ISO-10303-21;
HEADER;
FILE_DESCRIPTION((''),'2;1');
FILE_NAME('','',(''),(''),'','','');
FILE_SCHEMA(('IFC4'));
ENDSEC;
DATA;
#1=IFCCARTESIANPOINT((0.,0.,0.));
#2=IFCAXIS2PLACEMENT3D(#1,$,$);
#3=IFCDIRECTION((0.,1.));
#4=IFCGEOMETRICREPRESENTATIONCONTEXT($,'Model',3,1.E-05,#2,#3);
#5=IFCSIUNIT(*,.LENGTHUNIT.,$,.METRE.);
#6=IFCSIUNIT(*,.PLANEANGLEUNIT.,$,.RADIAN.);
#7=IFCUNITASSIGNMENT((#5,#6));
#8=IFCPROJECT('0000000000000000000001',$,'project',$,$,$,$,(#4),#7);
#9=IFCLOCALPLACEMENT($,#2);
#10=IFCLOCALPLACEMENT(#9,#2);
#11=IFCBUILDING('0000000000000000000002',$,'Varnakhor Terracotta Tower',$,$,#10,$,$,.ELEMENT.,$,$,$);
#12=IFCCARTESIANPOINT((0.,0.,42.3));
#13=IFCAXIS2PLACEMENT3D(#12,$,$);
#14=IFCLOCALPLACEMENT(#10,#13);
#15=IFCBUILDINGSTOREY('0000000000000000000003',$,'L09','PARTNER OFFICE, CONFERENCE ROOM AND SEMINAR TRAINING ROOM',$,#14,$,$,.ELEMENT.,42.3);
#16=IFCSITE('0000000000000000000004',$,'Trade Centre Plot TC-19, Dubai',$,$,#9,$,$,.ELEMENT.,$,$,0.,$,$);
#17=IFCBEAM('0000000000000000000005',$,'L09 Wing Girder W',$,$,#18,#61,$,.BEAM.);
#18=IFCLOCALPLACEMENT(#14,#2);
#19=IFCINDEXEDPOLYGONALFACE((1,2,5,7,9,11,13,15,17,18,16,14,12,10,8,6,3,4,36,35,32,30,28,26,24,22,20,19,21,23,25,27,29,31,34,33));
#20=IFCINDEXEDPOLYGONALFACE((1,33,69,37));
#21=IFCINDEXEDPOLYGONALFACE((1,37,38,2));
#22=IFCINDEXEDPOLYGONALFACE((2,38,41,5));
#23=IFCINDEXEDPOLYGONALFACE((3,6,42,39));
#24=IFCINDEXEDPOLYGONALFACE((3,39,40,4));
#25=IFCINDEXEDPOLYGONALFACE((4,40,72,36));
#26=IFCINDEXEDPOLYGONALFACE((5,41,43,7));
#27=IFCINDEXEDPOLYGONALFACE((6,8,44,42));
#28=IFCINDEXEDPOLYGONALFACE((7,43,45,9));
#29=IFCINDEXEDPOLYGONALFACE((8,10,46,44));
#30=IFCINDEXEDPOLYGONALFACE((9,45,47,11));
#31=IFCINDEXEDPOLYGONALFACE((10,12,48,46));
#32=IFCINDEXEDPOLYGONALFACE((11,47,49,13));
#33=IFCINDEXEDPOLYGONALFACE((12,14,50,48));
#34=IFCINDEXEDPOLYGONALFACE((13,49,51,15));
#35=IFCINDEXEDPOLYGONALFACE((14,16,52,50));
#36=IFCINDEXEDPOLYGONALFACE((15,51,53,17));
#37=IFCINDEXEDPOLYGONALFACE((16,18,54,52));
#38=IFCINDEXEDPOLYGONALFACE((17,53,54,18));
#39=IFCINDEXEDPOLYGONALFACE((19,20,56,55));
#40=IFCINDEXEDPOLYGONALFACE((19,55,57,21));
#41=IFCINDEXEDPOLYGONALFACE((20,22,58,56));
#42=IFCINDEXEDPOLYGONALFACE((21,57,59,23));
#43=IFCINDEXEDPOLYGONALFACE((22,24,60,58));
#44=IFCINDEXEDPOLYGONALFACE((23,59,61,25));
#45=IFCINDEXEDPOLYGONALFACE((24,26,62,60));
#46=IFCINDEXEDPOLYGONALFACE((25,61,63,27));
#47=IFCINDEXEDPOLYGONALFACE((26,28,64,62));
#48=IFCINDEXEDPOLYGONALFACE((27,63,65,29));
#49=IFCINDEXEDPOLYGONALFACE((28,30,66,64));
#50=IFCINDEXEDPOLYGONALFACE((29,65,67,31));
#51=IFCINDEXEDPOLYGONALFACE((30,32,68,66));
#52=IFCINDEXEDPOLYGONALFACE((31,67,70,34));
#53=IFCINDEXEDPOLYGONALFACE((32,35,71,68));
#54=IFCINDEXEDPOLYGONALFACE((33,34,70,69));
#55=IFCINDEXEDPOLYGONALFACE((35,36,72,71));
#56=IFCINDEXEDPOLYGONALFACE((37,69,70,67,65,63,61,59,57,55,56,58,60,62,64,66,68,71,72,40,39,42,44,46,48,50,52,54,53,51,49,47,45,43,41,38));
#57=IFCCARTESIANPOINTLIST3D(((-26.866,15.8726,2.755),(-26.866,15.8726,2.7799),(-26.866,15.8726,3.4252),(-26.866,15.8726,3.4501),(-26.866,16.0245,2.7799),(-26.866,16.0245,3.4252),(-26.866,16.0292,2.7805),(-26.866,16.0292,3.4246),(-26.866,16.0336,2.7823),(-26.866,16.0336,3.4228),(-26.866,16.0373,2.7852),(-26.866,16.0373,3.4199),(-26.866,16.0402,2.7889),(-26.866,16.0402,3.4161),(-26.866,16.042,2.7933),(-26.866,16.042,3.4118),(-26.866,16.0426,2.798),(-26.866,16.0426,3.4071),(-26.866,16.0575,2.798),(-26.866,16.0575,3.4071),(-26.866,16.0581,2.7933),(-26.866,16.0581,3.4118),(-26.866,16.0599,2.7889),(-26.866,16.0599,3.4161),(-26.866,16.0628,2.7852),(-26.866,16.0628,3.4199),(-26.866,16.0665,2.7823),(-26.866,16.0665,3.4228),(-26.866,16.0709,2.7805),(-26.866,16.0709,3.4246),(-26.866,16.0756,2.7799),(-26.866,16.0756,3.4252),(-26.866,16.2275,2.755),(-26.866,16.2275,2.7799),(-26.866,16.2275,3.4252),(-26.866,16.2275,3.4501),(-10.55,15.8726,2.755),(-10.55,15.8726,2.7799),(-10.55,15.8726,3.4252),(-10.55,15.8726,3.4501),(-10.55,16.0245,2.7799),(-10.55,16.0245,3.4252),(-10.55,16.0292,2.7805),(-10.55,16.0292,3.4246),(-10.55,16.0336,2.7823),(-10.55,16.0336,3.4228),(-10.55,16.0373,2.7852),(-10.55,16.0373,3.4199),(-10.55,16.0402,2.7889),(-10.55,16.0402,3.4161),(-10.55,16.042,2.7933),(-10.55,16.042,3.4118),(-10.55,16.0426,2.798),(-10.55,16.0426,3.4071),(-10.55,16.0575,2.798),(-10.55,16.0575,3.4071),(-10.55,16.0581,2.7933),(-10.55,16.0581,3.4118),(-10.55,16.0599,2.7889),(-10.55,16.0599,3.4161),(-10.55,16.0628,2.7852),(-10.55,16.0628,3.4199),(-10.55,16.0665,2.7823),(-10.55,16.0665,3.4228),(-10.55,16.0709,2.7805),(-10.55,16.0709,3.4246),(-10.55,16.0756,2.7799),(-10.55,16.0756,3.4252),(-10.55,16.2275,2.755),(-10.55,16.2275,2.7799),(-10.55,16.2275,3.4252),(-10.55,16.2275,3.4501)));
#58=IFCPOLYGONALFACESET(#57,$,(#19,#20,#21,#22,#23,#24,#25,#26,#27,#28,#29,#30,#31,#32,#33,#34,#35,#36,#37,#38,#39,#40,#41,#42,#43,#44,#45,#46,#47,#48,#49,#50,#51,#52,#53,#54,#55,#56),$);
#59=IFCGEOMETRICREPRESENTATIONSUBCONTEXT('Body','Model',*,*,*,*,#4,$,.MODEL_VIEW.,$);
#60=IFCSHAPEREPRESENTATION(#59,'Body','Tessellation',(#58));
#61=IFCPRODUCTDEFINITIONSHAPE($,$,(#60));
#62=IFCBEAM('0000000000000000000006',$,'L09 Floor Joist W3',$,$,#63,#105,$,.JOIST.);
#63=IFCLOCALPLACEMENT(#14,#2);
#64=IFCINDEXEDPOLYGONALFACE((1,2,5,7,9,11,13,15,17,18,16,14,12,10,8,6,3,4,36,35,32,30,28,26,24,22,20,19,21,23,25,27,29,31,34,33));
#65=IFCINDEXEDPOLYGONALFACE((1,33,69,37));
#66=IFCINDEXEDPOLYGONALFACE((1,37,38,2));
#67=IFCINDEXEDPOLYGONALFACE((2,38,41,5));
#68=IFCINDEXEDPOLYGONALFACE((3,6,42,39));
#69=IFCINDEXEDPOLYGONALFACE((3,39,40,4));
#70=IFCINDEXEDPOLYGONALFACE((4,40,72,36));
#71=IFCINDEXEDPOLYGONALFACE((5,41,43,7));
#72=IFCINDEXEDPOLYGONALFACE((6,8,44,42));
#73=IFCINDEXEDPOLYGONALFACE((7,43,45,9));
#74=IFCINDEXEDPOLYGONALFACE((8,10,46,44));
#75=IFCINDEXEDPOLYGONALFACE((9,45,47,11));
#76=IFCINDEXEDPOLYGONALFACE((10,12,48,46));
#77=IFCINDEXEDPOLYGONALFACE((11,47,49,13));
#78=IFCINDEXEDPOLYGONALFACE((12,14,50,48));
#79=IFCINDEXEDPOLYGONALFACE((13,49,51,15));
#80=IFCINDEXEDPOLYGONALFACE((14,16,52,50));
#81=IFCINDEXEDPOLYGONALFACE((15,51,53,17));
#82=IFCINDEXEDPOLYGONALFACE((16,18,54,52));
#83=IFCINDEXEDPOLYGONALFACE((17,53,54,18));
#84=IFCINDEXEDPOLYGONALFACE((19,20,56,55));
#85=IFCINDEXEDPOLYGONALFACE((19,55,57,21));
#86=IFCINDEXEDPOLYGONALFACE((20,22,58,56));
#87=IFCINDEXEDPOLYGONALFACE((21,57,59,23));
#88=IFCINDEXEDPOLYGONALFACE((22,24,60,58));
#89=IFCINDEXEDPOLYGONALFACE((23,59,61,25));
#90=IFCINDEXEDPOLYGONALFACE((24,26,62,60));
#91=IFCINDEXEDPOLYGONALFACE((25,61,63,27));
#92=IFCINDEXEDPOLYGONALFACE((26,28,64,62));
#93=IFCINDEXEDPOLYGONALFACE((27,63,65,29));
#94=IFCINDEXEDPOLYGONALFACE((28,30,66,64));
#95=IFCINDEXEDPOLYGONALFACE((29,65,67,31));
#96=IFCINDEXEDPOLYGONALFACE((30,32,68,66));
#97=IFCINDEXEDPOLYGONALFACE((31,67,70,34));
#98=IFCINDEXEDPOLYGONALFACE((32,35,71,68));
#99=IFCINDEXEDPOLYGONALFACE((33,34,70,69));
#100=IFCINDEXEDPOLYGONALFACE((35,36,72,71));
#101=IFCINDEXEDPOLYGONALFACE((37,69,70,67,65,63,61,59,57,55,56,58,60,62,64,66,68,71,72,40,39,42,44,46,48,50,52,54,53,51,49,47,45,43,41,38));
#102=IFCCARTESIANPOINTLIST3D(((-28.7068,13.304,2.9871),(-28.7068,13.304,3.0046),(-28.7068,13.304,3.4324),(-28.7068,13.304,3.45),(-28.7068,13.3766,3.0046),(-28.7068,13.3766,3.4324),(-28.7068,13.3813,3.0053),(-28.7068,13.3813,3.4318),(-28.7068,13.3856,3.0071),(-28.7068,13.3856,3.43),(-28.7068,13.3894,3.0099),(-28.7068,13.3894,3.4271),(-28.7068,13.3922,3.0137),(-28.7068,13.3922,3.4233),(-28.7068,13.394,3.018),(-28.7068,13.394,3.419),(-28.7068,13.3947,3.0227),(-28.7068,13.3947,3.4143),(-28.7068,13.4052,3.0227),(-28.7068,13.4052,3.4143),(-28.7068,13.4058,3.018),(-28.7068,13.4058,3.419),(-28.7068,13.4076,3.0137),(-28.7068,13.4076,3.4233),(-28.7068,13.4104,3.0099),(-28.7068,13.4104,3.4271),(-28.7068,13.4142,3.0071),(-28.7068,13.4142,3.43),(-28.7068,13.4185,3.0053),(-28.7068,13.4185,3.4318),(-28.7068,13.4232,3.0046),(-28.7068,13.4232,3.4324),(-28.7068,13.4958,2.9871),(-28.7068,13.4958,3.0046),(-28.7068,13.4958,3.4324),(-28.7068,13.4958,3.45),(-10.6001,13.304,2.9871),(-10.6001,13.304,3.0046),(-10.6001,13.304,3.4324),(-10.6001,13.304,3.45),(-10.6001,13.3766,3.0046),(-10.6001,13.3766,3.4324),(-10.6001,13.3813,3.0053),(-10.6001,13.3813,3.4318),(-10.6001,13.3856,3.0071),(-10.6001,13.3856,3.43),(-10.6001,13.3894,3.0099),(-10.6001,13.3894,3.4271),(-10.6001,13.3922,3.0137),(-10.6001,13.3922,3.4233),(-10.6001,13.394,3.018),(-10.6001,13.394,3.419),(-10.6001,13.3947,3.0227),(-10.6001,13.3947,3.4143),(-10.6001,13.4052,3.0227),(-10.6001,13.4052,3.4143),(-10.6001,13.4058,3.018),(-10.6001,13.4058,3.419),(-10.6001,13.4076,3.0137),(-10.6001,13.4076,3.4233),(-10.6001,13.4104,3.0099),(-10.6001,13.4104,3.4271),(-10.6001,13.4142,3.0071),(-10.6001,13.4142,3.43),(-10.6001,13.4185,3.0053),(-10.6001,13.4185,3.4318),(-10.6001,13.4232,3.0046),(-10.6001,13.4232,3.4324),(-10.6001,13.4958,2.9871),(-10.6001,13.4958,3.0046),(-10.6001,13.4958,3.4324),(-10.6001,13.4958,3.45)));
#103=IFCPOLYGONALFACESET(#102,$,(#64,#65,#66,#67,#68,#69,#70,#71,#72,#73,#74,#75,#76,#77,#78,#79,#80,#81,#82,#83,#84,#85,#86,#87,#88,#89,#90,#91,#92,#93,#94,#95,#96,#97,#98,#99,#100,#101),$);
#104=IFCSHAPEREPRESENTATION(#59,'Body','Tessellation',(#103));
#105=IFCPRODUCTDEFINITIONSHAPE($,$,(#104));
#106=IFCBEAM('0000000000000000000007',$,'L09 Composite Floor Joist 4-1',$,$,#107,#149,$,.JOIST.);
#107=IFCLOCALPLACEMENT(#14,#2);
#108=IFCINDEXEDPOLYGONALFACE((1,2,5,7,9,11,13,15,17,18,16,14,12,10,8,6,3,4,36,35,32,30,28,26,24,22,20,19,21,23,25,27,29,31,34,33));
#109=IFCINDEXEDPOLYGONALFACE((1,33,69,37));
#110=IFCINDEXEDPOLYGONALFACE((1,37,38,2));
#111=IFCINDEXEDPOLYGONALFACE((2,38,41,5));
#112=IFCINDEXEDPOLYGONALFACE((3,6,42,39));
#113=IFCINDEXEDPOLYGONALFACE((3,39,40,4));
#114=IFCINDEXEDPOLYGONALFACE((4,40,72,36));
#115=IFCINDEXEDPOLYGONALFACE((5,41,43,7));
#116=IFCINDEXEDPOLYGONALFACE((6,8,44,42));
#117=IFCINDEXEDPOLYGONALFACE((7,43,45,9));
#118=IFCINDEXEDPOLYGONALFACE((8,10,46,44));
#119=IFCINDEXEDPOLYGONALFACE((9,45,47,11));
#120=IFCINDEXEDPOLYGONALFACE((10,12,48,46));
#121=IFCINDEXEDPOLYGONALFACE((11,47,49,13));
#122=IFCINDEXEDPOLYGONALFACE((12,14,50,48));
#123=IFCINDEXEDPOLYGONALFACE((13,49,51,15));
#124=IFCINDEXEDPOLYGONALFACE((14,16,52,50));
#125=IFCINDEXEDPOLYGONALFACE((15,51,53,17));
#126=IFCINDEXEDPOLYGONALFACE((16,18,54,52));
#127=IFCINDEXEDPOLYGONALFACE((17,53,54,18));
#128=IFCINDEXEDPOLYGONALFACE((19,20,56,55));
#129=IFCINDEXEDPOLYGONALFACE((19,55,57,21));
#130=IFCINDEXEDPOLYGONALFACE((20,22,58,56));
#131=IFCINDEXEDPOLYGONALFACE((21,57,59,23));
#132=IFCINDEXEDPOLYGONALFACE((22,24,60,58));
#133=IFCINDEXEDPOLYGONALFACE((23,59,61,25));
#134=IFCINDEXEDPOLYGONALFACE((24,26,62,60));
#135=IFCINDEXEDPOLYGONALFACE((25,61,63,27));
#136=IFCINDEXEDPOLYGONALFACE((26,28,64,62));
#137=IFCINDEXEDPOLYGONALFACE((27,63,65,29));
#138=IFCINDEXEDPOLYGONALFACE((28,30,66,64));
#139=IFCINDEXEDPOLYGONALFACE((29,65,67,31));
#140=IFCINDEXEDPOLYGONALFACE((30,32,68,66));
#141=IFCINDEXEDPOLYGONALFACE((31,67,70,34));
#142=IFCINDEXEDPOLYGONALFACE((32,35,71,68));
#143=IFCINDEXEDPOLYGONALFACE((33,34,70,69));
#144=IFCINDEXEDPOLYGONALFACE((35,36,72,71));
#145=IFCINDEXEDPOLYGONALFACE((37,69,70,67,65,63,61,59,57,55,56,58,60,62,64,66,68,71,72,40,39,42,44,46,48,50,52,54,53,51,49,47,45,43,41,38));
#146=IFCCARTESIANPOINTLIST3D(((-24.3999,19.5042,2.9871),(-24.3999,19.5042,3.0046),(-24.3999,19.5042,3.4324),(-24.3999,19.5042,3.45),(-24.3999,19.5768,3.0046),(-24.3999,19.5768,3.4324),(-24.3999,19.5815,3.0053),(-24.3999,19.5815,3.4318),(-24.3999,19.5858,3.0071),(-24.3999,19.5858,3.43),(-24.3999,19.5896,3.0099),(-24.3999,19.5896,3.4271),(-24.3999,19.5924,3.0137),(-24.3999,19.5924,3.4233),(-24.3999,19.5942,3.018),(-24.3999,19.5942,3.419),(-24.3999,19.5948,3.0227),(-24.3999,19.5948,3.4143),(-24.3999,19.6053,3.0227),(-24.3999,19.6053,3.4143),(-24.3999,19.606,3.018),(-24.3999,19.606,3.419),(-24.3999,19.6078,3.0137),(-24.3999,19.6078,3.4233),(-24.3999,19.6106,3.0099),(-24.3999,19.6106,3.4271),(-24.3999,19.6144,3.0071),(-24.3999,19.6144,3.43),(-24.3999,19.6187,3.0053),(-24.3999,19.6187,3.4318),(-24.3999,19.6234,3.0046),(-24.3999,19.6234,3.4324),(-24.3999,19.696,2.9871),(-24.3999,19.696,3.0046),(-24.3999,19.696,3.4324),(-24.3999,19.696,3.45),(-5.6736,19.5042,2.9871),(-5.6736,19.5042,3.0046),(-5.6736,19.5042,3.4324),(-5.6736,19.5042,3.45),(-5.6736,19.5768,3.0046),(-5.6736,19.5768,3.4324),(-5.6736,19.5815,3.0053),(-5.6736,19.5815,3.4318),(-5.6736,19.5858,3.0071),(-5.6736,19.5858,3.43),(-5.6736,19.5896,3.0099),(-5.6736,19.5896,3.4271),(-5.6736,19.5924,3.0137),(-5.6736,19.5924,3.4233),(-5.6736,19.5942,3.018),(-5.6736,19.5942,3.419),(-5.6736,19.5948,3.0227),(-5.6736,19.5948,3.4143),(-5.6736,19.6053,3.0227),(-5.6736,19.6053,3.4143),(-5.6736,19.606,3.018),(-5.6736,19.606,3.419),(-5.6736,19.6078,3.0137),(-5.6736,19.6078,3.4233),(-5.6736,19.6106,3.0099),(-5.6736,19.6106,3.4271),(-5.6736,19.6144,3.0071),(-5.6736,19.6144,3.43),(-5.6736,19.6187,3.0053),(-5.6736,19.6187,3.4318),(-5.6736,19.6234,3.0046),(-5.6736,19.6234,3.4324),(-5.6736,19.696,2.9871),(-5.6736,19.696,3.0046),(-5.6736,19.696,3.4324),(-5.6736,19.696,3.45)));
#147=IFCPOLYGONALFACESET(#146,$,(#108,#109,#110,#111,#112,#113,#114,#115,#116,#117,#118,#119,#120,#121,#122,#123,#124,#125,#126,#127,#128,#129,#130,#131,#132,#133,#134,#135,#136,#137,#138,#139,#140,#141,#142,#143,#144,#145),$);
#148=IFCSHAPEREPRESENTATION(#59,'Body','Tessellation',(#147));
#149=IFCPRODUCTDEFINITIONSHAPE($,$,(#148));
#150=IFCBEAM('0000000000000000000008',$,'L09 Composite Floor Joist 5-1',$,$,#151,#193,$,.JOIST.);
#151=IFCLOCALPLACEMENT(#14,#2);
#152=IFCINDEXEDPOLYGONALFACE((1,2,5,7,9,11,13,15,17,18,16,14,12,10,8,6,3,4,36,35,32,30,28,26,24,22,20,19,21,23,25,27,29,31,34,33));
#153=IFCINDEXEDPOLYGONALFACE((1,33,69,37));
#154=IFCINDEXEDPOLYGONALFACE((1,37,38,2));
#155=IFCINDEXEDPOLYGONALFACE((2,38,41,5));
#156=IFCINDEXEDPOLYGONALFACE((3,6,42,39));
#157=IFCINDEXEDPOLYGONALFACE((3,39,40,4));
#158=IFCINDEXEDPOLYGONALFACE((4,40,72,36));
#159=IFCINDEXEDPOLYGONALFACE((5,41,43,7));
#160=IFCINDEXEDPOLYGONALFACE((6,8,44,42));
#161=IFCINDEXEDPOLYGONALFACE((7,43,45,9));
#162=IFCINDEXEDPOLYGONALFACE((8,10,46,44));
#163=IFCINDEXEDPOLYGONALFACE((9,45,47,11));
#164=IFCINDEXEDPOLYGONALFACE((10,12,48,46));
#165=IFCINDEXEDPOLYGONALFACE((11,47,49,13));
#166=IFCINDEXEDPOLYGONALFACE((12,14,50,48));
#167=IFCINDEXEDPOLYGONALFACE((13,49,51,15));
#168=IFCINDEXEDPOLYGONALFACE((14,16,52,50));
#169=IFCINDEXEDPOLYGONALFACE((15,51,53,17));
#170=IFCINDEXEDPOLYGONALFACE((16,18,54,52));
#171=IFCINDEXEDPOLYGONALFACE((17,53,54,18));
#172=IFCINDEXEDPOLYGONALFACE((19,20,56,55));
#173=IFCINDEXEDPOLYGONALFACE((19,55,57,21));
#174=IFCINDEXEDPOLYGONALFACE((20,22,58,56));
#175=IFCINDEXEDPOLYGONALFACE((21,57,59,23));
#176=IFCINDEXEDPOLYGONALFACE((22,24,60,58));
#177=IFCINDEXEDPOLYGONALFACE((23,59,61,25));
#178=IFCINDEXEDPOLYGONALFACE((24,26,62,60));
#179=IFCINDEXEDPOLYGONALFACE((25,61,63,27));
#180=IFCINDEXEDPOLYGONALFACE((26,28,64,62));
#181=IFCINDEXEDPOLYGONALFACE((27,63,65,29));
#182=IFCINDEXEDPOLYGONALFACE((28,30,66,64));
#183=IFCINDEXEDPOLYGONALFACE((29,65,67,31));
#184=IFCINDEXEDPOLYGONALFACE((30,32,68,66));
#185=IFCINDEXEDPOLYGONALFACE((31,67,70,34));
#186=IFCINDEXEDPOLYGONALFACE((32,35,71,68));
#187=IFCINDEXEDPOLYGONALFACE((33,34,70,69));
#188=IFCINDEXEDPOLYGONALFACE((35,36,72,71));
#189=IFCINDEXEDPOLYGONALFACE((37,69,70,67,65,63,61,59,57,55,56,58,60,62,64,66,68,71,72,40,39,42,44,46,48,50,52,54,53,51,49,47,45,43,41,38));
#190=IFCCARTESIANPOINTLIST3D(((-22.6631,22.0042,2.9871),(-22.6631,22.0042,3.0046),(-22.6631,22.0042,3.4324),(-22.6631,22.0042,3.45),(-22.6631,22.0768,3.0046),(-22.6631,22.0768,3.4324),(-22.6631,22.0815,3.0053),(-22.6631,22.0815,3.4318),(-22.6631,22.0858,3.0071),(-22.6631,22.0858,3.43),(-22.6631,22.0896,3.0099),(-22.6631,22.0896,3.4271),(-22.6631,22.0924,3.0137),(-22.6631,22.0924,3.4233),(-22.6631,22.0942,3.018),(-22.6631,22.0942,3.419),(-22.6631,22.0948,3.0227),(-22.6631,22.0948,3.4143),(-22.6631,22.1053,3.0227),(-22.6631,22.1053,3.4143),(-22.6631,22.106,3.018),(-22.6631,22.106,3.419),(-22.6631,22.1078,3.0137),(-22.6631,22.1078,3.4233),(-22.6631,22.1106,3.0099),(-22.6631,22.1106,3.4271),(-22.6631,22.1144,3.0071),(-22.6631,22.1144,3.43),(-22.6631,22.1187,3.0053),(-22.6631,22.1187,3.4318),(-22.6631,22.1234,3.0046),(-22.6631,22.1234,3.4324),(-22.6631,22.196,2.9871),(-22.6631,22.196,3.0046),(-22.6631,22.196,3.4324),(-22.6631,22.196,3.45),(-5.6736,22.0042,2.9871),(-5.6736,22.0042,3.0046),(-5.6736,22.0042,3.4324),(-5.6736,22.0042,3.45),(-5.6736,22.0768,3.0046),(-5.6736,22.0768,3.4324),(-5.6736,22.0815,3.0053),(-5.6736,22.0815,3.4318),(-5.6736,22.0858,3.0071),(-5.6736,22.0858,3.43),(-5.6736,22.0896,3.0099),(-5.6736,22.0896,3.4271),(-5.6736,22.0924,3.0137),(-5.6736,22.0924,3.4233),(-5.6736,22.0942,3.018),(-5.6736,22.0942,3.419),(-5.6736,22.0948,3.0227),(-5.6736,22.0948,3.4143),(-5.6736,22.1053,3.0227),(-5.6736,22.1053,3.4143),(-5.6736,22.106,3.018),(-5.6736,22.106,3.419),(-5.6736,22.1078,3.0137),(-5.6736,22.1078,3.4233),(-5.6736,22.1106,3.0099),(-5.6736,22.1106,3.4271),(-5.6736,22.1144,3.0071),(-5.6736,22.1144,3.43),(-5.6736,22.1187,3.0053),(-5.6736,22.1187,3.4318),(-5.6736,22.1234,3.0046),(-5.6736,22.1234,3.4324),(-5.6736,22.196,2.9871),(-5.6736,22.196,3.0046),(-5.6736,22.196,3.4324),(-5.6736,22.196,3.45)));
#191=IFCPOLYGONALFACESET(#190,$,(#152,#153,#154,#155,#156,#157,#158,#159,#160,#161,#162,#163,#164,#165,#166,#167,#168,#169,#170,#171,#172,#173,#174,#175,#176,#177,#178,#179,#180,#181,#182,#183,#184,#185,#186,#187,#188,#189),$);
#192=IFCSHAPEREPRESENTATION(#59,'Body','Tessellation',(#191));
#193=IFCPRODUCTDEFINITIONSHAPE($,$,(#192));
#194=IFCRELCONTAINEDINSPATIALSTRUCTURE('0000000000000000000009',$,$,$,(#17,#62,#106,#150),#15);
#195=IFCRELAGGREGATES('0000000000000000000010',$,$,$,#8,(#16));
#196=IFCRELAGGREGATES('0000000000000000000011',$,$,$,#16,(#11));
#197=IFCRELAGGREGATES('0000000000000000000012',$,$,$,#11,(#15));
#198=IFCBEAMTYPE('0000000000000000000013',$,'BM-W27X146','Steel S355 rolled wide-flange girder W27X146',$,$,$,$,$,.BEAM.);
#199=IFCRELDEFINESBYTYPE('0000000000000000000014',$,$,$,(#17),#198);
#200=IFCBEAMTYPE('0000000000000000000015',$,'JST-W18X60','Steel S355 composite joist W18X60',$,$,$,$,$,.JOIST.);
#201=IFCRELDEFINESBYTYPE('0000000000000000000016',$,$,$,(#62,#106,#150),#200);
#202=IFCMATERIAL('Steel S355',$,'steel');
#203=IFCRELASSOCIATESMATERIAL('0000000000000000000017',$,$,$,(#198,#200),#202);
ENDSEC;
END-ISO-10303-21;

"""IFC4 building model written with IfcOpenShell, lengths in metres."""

from ifc_helpers import new_model, si_unit, direction, frame, origin, origin_2d, place, context, subcontext, project, spatial, i_section, extrude, source, transform, mapped, material, material_profile, profile_set, type_object, element, save


model = new_model("IFC4")

# Units and contexts
model_context = context("Model", 3, precision=1e-05, world=origin(), true_north=direction((0.0, 1.0)))
body_context = subcontext(model_context, "Body", "Model", "MODEL_VIEW")
ifc_project = project(units=[si_unit("LENGTHUNIT", "METRE"), si_unit("PLANEANGLEUNIT", "RADIAN")], contexts=[model_context])

# Site, building, storey
site_placement = place(None, origin())
site = spatial("IfcSite", under=ifc_project, at=site_placement, Name="Trade Centre Plot TC-19, Dubai", CompositionType="ELEMENT", RefElevation=0.0)
building_placement = place(site_placement, origin())
building = spatial("IfcBuilding", under=site, at=building_placement, Name="Varnakhor Terracotta Tower", CompositionType="ELEMENT")
storey_placement = place(building_placement, frame((0.0, 0.0, 42.3)))
storey = spatial("IfcBuildingStorey", under=building, at=storey_placement, Name="L09", Description="PARTNER OFFICE, CONFERENCE ROOM AND SEMINAR TRAINING ROOM", CompositionType="ELEMENT", Elevation=42.3)

# Beams
ifc_material_1 = material(Name="Steel S355", Category="steel")
ifc_material_profile_1 = material_profile(ifc_material_1, i_section(OverallWidth=0.355, OverallDepth=0.6951, WebThickness=0.0149, FlangeThickness=0.0249, FilletRadius=0.0181, at=origin_2d()), Name="W27X146")
ifc_profile_set_1 = profile_set([ifc_material_profile_1], Name="Steel S355")
beam_type_1 = type_object("IfcBeamType", Name="BM-W27X146", Description="Steel S355 rolled wide-flange girder W27X146", PredefinedType="BEAM", material=ifc_profile_set_1)
shared_shape_1 = source(origin(), body_context, "Body", "SweptSolid", [
    extrude(i_section(OverallWidth=0.355, OverallDepth=0.6951, WebThickness=0.0149, FlangeThickness=0.0249, FilletRadius=0.0181, at=origin_2d()), origin(), (0.0, 0.0, 1.0), 16.3159),
])
beam_1_placement = place(storey_placement, frame((-26.866, 16.05, 3.1025), z_axis=(1.0, 0.0, 0.0), x_axis=(0.0, 1.0, 0.0)))
element("IfcBeam", 1, at=beam_1_placement, inside=storey, type_object=beam_type_1, Name="L09 Wing Girder W", PredefinedType="BEAM", context=body_context, shape_type="MappedRepresentation", body=[
    mapped(shared_shape_1, transform((0.0, 0.0, 0.0), scale=1.0)),
])
ifc_material_profile_2 = material_profile(ifc_material_1, i_section(OverallWidth=0.1919, OverallDepth=0.4629, WebThickness=0.0105, FlangeThickness=0.0176, FilletRadius=0.0181, at=origin_2d()), Name="W18X60")
ifc_profile_set_2 = profile_set([ifc_material_profile_2], Name="Steel S355")
beam_type_2 = type_object("IfcBeamType", Name="JST-W18X60", Description="Steel S355 composite joist W18X60", PredefinedType="JOIST", material=ifc_profile_set_2)
shared_shape_2 = source(origin(), body_context, "Body", "SweptSolid", [
    extrude(i_section(OverallWidth=0.1919, OverallDepth=0.4629, WebThickness=0.0105, FlangeThickness=0.0176, FilletRadius=0.0181, at=origin_2d()), origin(), (0.0, 0.0, 1.0), 18.1067),
])
beam_2_placement = place(storey_placement, frame((-28.7068, 13.3999, 3.2185), z_axis=(1.0, 0.0, 0.0), x_axis=(0.0, 1.0, 0.0)))
element("IfcBeam", 2, at=beam_2_placement, inside=storey, type_object=beam_type_2, Name="L09 Floor Joist W3", PredefinedType="JOIST", context=body_context, shape_type="MappedRepresentation", body=[
    mapped(shared_shape_2, transform((0.0, 0.0, 0.0), scale=1.0)),
])
shared_shape_3 = source(origin(), body_context, "Body", "SweptSolid", [
    extrude(i_section(OverallWidth=0.1919, OverallDepth=0.4629, WebThickness=0.0105, FlangeThickness=0.0176, FilletRadius=0.0181, at=origin_2d()), origin(), (0.0, 0.0, 1.0), 18.7263),
])
beam_3_placement = place(storey_placement, frame((-24.3999, 19.6001, 3.2185), z_axis=(1.0, 0.0, 0.0), x_axis=(0.0, 1.0, 0.0)))
element("IfcBeam", 3, at=beam_3_placement, inside=storey, type_object=beam_type_2, Name="L09 Composite Floor Joist 4-1", PredefinedType="JOIST", context=body_context, shape_type="MappedRepresentation", body=[
    mapped(shared_shape_3, transform((0.0, 0.0, 0.0), scale=1.0)),
])
shared_shape_4 = source(origin(), body_context, "Body", "SweptSolid", [
    extrude(i_section(OverallWidth=0.1919, OverallDepth=0.4629, WebThickness=0.0105, FlangeThickness=0.0176, FilletRadius=0.0181, at=origin_2d()), origin(), (0.0, 0.0, 1.0), 16.9895),
])
beam_4_placement = place(storey_placement, frame((-22.6631, 22.1001, 3.2185), z_axis=(1.0, 0.0, 0.0), x_axis=(0.0, 1.0, 0.0)))
element("IfcBeam", 4, at=beam_4_placement, inside=storey, type_object=beam_type_2, Name="L09 Composite Floor Joist 5-1", PredefinedType="JOIST", context=body_context, shape_type="MappedRepresentation", body=[
    mapped(shared_shape_4, transform((0.0, 0.0, 0.0), scale=1.0)),
])

save(model, "model.ifc")
